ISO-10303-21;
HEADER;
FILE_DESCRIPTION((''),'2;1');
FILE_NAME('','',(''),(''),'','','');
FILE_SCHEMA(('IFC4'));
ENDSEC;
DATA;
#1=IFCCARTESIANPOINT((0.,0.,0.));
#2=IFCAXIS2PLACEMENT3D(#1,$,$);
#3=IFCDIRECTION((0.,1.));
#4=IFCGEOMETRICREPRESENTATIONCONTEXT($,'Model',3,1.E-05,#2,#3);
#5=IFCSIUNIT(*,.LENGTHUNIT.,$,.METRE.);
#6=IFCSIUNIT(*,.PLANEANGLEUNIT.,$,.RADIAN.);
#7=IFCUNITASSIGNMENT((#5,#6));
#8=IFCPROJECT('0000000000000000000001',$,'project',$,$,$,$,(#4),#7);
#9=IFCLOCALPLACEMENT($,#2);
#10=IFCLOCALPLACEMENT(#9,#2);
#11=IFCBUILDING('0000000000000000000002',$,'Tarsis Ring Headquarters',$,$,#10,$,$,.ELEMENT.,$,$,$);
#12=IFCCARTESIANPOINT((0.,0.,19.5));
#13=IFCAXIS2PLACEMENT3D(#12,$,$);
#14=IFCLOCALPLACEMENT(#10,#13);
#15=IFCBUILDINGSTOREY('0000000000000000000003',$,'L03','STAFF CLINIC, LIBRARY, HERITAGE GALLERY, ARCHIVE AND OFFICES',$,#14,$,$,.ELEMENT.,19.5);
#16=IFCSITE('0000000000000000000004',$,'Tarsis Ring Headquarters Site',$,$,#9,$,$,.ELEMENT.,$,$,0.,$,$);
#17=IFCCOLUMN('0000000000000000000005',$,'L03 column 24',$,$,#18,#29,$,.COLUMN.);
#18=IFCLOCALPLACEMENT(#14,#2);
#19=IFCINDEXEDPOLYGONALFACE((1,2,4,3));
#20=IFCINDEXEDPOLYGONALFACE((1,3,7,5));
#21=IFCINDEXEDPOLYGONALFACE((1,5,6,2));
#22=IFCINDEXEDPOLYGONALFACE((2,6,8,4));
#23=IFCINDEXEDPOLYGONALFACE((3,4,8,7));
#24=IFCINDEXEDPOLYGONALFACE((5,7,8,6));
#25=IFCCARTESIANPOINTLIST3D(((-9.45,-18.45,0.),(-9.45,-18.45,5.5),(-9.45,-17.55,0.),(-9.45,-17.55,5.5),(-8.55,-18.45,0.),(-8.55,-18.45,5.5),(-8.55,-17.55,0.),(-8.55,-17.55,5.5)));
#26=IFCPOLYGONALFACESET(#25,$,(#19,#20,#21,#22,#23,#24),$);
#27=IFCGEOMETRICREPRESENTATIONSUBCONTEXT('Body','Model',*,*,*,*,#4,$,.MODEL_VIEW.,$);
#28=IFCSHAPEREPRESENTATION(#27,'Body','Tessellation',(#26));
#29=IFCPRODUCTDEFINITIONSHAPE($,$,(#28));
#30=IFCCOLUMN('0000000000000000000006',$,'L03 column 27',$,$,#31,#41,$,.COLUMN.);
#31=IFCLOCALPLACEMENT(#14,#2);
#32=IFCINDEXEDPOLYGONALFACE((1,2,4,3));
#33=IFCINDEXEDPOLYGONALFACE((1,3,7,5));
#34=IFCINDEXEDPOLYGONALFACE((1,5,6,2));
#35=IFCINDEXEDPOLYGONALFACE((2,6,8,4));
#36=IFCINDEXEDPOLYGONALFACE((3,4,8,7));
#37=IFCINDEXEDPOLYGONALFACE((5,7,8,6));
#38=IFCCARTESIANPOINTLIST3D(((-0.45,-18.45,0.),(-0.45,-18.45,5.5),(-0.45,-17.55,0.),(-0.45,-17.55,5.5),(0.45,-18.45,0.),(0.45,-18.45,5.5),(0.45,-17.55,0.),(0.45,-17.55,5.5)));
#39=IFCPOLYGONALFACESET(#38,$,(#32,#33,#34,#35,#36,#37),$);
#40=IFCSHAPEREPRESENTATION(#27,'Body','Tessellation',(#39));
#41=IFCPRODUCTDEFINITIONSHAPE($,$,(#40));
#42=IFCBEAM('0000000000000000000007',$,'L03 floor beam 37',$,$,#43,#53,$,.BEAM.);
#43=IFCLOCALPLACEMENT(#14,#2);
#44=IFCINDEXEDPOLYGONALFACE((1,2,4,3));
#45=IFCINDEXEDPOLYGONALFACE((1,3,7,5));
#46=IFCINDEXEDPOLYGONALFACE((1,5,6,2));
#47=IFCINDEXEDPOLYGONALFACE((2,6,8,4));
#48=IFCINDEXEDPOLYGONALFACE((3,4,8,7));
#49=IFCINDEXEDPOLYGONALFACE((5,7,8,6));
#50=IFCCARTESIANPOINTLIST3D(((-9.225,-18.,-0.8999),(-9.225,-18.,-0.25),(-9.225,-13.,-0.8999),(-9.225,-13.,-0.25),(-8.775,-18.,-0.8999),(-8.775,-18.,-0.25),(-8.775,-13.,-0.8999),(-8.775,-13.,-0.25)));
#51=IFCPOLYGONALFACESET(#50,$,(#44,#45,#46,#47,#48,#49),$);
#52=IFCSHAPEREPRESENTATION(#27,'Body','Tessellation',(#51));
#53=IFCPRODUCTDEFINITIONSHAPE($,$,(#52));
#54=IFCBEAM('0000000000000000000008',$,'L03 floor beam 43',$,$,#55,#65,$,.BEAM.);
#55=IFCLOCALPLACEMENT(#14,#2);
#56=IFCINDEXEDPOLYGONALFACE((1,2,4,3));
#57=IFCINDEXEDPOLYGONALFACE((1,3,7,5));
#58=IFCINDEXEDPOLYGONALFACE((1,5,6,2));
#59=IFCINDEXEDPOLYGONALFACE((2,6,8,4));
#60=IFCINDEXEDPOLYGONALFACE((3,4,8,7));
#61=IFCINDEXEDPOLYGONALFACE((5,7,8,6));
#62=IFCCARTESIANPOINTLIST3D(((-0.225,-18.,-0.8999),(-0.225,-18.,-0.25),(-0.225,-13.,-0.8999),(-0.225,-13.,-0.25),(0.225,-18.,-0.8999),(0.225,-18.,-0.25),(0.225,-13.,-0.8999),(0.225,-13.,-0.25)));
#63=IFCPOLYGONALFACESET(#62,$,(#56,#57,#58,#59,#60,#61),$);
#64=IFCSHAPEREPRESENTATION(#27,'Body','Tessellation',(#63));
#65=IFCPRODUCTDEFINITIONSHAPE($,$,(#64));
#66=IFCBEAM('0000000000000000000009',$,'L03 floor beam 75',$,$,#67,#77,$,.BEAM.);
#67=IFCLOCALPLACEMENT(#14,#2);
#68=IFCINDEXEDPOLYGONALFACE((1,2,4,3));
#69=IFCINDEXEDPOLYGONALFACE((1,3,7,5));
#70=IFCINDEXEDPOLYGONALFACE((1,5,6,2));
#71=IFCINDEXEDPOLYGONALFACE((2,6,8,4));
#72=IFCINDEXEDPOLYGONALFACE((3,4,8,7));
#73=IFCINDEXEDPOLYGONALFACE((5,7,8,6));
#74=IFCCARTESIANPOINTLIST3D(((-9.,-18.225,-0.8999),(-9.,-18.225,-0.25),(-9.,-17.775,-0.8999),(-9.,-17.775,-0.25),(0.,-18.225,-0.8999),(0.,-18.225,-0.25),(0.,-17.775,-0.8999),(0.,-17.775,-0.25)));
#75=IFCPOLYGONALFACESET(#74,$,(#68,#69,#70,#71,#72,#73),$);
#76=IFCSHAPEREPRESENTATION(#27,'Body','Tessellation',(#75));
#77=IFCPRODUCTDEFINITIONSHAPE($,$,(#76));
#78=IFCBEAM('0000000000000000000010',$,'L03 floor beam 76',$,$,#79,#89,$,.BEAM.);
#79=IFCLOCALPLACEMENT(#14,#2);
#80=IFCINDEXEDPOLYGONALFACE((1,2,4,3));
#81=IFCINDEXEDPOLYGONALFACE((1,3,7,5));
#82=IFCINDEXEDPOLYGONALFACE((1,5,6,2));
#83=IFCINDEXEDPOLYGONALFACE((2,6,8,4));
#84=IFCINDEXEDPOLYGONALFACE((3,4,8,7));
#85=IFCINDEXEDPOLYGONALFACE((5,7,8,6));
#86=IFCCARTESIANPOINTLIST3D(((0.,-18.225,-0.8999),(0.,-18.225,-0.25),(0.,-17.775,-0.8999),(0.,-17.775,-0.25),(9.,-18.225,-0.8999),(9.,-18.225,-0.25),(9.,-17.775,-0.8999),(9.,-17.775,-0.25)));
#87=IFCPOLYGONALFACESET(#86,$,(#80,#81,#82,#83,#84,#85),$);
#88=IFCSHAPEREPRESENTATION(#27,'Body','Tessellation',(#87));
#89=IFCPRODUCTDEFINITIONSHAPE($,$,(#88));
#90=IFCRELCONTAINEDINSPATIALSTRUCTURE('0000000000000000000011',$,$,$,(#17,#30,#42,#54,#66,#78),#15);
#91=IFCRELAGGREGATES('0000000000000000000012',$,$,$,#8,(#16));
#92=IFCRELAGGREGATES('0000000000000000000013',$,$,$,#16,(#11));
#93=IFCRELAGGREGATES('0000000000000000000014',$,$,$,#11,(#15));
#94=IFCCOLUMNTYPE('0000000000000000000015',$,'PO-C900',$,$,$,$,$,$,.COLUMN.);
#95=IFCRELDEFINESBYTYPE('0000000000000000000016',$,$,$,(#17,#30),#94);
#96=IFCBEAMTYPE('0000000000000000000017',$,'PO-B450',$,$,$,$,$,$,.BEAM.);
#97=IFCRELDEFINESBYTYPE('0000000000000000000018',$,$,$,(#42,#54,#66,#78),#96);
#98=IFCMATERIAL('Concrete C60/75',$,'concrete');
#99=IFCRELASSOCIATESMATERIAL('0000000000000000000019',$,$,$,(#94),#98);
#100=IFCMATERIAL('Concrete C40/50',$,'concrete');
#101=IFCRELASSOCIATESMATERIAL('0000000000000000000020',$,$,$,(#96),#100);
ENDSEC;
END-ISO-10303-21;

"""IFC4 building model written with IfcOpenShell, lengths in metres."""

from ifc_helpers import new_model, si_unit, direction, frame, origin, origin_2d, place, context, subcontext, project, spatial, rectangle, extrude, material, material_profile, profile_set, type_object, element, save


model = new_model("IFC4")

# Units and contexts
model_context = context("Model", 3, precision=1e-05, world=origin(), true_north=direction((0.0, 1.0)))
body_context = subcontext(model_context, "Body", "Model", "MODEL_VIEW")
ifc_project = project(units=[si_unit("LENGTHUNIT", "METRE"), si_unit("PLANEANGLEUNIT", "RADIAN")], contexts=[model_context])

# Site, building, storey
site_placement = place(None, origin())
site = spatial("IfcSite", under=ifc_project, at=site_placement, Name="Tarsis Ring Headquarters Site", CompositionType="ELEMENT", RefElevation=0.0)
building_placement = place(site_placement, origin())
building = spatial("IfcBuilding", under=site, at=building_placement, Name="Tarsis Ring Headquarters", CompositionType="ELEMENT")
storey_placement = place(building_placement, frame((0.0, 0.0, 19.5)))
storey = spatial("IfcBuildingStorey", under=building, at=storey_placement, Name="L03", Description="STAFF CLINIC, LIBRARY, HERITAGE GALLERY, ARCHIVE AND OFFICES", CompositionType="ELEMENT", Elevation=19.5)

# Columns
ifc_material_1 = material(Name="Concrete C60/75", Category="concrete")
ifc_material_profile_1 = material_profile(ifc_material_1, rectangle(XDim=0.8999, YDim=0.8999, at=origin_2d()), Name="PO-C900")
ifc_profile_set_1 = profile_set([ifc_material_profile_1], Name="Concrete C60/75")
column_type = type_object("IfcColumnType", Name="PO-C900", PredefinedType="COLUMN", material=ifc_profile_set_1)
for number, where, z_axis, x_axis, name in (
    (1, (-9.0, -18.0, 0.0), (0.0, 0.0, 1.0), (1.0, 0.0, 0.0), "L03 column 24"),
    (2, (0.0, -18.0, 0.0), (0.0, 0.0, 1.0), (1.0, 0.0, 0.0), "L03 column 27"),
):
    element("IfcColumn", number, at=place(storey_placement, frame(where, z_axis=z_axis, x_axis=x_axis)), inside=storey, type_object=column_type, Name=name, PredefinedType="COLUMN", context=body_context, shape_type="SweptSolid", body=[
        extrude(rectangle(XDim=0.8999, YDim=0.8999, at=origin_2d()), origin(), (0.0, 0.0, 1.0), 5.5),
    ])

# Beams
ifc_material_2 = material(Name="Concrete C40/50", Category="concrete")
ifc_material_profile_2 = material_profile(ifc_material_2, rectangle(XDim=0.45, YDim=0.6499, at=origin_2d()), Name="PO-B450")
ifc_profile_set_2 = profile_set([ifc_material_profile_2], Name="Concrete C40/50")
beam_type = type_object("IfcBeamType", Name="PO-B450", PredefinedType="BEAM", material=ifc_profile_set_2)
for number, where, z_axis, x_axis, name in (
    (3, (-9.0, -18.0, -0.575), (0.0, 1.0, 0.0), (-1.0, 0.0, 0.0), "L03 floor beam 37"),
    (4, (0.0, -18.0, -0.575), (0.0, 1.0, 0.0), (-1.0, 0.0, 0.0), "L03 floor beam 43"),
):
    element("IfcBeam", number, at=place(storey_placement, frame(where, z_axis=z_axis, x_axis=x_axis)), inside=storey, type_object=beam_type, Name=name, PredefinedType="BEAM", context=body_context, shape_type="SweptSolid", body=[
        extrude(rectangle(XDim=0.45, YDim=0.6499, at=origin_2d()), origin(), (0.0, 0.0, 1.0), 5.0),
    ])
for number, where, z_axis, x_axis, name in (
    (5, (-9.0, -18.0, -0.575), (1.0, 0.0, 0.0), (0.0, 1.0, 0.0), "L03 floor beam 75"),
    (6, (0.0, -18.0, -0.575), (1.0, 0.0, 0.0), (0.0, 1.0, 0.0), "L03 floor beam 76"),
):
    element("IfcBeam", number, at=place(storey_placement, frame(where, z_axis=z_axis, x_axis=x_axis)), inside=storey, type_object=beam_type, Name=name, PredefinedType="BEAM", context=body_context, shape_type="SweptSolid", body=[
        extrude(rectangle(XDim=0.45, YDim=0.6499, at=origin_2d()), origin(), (0.0, 0.0, 1.0), 9.0),
    ])

save(model, "model.ifc")
